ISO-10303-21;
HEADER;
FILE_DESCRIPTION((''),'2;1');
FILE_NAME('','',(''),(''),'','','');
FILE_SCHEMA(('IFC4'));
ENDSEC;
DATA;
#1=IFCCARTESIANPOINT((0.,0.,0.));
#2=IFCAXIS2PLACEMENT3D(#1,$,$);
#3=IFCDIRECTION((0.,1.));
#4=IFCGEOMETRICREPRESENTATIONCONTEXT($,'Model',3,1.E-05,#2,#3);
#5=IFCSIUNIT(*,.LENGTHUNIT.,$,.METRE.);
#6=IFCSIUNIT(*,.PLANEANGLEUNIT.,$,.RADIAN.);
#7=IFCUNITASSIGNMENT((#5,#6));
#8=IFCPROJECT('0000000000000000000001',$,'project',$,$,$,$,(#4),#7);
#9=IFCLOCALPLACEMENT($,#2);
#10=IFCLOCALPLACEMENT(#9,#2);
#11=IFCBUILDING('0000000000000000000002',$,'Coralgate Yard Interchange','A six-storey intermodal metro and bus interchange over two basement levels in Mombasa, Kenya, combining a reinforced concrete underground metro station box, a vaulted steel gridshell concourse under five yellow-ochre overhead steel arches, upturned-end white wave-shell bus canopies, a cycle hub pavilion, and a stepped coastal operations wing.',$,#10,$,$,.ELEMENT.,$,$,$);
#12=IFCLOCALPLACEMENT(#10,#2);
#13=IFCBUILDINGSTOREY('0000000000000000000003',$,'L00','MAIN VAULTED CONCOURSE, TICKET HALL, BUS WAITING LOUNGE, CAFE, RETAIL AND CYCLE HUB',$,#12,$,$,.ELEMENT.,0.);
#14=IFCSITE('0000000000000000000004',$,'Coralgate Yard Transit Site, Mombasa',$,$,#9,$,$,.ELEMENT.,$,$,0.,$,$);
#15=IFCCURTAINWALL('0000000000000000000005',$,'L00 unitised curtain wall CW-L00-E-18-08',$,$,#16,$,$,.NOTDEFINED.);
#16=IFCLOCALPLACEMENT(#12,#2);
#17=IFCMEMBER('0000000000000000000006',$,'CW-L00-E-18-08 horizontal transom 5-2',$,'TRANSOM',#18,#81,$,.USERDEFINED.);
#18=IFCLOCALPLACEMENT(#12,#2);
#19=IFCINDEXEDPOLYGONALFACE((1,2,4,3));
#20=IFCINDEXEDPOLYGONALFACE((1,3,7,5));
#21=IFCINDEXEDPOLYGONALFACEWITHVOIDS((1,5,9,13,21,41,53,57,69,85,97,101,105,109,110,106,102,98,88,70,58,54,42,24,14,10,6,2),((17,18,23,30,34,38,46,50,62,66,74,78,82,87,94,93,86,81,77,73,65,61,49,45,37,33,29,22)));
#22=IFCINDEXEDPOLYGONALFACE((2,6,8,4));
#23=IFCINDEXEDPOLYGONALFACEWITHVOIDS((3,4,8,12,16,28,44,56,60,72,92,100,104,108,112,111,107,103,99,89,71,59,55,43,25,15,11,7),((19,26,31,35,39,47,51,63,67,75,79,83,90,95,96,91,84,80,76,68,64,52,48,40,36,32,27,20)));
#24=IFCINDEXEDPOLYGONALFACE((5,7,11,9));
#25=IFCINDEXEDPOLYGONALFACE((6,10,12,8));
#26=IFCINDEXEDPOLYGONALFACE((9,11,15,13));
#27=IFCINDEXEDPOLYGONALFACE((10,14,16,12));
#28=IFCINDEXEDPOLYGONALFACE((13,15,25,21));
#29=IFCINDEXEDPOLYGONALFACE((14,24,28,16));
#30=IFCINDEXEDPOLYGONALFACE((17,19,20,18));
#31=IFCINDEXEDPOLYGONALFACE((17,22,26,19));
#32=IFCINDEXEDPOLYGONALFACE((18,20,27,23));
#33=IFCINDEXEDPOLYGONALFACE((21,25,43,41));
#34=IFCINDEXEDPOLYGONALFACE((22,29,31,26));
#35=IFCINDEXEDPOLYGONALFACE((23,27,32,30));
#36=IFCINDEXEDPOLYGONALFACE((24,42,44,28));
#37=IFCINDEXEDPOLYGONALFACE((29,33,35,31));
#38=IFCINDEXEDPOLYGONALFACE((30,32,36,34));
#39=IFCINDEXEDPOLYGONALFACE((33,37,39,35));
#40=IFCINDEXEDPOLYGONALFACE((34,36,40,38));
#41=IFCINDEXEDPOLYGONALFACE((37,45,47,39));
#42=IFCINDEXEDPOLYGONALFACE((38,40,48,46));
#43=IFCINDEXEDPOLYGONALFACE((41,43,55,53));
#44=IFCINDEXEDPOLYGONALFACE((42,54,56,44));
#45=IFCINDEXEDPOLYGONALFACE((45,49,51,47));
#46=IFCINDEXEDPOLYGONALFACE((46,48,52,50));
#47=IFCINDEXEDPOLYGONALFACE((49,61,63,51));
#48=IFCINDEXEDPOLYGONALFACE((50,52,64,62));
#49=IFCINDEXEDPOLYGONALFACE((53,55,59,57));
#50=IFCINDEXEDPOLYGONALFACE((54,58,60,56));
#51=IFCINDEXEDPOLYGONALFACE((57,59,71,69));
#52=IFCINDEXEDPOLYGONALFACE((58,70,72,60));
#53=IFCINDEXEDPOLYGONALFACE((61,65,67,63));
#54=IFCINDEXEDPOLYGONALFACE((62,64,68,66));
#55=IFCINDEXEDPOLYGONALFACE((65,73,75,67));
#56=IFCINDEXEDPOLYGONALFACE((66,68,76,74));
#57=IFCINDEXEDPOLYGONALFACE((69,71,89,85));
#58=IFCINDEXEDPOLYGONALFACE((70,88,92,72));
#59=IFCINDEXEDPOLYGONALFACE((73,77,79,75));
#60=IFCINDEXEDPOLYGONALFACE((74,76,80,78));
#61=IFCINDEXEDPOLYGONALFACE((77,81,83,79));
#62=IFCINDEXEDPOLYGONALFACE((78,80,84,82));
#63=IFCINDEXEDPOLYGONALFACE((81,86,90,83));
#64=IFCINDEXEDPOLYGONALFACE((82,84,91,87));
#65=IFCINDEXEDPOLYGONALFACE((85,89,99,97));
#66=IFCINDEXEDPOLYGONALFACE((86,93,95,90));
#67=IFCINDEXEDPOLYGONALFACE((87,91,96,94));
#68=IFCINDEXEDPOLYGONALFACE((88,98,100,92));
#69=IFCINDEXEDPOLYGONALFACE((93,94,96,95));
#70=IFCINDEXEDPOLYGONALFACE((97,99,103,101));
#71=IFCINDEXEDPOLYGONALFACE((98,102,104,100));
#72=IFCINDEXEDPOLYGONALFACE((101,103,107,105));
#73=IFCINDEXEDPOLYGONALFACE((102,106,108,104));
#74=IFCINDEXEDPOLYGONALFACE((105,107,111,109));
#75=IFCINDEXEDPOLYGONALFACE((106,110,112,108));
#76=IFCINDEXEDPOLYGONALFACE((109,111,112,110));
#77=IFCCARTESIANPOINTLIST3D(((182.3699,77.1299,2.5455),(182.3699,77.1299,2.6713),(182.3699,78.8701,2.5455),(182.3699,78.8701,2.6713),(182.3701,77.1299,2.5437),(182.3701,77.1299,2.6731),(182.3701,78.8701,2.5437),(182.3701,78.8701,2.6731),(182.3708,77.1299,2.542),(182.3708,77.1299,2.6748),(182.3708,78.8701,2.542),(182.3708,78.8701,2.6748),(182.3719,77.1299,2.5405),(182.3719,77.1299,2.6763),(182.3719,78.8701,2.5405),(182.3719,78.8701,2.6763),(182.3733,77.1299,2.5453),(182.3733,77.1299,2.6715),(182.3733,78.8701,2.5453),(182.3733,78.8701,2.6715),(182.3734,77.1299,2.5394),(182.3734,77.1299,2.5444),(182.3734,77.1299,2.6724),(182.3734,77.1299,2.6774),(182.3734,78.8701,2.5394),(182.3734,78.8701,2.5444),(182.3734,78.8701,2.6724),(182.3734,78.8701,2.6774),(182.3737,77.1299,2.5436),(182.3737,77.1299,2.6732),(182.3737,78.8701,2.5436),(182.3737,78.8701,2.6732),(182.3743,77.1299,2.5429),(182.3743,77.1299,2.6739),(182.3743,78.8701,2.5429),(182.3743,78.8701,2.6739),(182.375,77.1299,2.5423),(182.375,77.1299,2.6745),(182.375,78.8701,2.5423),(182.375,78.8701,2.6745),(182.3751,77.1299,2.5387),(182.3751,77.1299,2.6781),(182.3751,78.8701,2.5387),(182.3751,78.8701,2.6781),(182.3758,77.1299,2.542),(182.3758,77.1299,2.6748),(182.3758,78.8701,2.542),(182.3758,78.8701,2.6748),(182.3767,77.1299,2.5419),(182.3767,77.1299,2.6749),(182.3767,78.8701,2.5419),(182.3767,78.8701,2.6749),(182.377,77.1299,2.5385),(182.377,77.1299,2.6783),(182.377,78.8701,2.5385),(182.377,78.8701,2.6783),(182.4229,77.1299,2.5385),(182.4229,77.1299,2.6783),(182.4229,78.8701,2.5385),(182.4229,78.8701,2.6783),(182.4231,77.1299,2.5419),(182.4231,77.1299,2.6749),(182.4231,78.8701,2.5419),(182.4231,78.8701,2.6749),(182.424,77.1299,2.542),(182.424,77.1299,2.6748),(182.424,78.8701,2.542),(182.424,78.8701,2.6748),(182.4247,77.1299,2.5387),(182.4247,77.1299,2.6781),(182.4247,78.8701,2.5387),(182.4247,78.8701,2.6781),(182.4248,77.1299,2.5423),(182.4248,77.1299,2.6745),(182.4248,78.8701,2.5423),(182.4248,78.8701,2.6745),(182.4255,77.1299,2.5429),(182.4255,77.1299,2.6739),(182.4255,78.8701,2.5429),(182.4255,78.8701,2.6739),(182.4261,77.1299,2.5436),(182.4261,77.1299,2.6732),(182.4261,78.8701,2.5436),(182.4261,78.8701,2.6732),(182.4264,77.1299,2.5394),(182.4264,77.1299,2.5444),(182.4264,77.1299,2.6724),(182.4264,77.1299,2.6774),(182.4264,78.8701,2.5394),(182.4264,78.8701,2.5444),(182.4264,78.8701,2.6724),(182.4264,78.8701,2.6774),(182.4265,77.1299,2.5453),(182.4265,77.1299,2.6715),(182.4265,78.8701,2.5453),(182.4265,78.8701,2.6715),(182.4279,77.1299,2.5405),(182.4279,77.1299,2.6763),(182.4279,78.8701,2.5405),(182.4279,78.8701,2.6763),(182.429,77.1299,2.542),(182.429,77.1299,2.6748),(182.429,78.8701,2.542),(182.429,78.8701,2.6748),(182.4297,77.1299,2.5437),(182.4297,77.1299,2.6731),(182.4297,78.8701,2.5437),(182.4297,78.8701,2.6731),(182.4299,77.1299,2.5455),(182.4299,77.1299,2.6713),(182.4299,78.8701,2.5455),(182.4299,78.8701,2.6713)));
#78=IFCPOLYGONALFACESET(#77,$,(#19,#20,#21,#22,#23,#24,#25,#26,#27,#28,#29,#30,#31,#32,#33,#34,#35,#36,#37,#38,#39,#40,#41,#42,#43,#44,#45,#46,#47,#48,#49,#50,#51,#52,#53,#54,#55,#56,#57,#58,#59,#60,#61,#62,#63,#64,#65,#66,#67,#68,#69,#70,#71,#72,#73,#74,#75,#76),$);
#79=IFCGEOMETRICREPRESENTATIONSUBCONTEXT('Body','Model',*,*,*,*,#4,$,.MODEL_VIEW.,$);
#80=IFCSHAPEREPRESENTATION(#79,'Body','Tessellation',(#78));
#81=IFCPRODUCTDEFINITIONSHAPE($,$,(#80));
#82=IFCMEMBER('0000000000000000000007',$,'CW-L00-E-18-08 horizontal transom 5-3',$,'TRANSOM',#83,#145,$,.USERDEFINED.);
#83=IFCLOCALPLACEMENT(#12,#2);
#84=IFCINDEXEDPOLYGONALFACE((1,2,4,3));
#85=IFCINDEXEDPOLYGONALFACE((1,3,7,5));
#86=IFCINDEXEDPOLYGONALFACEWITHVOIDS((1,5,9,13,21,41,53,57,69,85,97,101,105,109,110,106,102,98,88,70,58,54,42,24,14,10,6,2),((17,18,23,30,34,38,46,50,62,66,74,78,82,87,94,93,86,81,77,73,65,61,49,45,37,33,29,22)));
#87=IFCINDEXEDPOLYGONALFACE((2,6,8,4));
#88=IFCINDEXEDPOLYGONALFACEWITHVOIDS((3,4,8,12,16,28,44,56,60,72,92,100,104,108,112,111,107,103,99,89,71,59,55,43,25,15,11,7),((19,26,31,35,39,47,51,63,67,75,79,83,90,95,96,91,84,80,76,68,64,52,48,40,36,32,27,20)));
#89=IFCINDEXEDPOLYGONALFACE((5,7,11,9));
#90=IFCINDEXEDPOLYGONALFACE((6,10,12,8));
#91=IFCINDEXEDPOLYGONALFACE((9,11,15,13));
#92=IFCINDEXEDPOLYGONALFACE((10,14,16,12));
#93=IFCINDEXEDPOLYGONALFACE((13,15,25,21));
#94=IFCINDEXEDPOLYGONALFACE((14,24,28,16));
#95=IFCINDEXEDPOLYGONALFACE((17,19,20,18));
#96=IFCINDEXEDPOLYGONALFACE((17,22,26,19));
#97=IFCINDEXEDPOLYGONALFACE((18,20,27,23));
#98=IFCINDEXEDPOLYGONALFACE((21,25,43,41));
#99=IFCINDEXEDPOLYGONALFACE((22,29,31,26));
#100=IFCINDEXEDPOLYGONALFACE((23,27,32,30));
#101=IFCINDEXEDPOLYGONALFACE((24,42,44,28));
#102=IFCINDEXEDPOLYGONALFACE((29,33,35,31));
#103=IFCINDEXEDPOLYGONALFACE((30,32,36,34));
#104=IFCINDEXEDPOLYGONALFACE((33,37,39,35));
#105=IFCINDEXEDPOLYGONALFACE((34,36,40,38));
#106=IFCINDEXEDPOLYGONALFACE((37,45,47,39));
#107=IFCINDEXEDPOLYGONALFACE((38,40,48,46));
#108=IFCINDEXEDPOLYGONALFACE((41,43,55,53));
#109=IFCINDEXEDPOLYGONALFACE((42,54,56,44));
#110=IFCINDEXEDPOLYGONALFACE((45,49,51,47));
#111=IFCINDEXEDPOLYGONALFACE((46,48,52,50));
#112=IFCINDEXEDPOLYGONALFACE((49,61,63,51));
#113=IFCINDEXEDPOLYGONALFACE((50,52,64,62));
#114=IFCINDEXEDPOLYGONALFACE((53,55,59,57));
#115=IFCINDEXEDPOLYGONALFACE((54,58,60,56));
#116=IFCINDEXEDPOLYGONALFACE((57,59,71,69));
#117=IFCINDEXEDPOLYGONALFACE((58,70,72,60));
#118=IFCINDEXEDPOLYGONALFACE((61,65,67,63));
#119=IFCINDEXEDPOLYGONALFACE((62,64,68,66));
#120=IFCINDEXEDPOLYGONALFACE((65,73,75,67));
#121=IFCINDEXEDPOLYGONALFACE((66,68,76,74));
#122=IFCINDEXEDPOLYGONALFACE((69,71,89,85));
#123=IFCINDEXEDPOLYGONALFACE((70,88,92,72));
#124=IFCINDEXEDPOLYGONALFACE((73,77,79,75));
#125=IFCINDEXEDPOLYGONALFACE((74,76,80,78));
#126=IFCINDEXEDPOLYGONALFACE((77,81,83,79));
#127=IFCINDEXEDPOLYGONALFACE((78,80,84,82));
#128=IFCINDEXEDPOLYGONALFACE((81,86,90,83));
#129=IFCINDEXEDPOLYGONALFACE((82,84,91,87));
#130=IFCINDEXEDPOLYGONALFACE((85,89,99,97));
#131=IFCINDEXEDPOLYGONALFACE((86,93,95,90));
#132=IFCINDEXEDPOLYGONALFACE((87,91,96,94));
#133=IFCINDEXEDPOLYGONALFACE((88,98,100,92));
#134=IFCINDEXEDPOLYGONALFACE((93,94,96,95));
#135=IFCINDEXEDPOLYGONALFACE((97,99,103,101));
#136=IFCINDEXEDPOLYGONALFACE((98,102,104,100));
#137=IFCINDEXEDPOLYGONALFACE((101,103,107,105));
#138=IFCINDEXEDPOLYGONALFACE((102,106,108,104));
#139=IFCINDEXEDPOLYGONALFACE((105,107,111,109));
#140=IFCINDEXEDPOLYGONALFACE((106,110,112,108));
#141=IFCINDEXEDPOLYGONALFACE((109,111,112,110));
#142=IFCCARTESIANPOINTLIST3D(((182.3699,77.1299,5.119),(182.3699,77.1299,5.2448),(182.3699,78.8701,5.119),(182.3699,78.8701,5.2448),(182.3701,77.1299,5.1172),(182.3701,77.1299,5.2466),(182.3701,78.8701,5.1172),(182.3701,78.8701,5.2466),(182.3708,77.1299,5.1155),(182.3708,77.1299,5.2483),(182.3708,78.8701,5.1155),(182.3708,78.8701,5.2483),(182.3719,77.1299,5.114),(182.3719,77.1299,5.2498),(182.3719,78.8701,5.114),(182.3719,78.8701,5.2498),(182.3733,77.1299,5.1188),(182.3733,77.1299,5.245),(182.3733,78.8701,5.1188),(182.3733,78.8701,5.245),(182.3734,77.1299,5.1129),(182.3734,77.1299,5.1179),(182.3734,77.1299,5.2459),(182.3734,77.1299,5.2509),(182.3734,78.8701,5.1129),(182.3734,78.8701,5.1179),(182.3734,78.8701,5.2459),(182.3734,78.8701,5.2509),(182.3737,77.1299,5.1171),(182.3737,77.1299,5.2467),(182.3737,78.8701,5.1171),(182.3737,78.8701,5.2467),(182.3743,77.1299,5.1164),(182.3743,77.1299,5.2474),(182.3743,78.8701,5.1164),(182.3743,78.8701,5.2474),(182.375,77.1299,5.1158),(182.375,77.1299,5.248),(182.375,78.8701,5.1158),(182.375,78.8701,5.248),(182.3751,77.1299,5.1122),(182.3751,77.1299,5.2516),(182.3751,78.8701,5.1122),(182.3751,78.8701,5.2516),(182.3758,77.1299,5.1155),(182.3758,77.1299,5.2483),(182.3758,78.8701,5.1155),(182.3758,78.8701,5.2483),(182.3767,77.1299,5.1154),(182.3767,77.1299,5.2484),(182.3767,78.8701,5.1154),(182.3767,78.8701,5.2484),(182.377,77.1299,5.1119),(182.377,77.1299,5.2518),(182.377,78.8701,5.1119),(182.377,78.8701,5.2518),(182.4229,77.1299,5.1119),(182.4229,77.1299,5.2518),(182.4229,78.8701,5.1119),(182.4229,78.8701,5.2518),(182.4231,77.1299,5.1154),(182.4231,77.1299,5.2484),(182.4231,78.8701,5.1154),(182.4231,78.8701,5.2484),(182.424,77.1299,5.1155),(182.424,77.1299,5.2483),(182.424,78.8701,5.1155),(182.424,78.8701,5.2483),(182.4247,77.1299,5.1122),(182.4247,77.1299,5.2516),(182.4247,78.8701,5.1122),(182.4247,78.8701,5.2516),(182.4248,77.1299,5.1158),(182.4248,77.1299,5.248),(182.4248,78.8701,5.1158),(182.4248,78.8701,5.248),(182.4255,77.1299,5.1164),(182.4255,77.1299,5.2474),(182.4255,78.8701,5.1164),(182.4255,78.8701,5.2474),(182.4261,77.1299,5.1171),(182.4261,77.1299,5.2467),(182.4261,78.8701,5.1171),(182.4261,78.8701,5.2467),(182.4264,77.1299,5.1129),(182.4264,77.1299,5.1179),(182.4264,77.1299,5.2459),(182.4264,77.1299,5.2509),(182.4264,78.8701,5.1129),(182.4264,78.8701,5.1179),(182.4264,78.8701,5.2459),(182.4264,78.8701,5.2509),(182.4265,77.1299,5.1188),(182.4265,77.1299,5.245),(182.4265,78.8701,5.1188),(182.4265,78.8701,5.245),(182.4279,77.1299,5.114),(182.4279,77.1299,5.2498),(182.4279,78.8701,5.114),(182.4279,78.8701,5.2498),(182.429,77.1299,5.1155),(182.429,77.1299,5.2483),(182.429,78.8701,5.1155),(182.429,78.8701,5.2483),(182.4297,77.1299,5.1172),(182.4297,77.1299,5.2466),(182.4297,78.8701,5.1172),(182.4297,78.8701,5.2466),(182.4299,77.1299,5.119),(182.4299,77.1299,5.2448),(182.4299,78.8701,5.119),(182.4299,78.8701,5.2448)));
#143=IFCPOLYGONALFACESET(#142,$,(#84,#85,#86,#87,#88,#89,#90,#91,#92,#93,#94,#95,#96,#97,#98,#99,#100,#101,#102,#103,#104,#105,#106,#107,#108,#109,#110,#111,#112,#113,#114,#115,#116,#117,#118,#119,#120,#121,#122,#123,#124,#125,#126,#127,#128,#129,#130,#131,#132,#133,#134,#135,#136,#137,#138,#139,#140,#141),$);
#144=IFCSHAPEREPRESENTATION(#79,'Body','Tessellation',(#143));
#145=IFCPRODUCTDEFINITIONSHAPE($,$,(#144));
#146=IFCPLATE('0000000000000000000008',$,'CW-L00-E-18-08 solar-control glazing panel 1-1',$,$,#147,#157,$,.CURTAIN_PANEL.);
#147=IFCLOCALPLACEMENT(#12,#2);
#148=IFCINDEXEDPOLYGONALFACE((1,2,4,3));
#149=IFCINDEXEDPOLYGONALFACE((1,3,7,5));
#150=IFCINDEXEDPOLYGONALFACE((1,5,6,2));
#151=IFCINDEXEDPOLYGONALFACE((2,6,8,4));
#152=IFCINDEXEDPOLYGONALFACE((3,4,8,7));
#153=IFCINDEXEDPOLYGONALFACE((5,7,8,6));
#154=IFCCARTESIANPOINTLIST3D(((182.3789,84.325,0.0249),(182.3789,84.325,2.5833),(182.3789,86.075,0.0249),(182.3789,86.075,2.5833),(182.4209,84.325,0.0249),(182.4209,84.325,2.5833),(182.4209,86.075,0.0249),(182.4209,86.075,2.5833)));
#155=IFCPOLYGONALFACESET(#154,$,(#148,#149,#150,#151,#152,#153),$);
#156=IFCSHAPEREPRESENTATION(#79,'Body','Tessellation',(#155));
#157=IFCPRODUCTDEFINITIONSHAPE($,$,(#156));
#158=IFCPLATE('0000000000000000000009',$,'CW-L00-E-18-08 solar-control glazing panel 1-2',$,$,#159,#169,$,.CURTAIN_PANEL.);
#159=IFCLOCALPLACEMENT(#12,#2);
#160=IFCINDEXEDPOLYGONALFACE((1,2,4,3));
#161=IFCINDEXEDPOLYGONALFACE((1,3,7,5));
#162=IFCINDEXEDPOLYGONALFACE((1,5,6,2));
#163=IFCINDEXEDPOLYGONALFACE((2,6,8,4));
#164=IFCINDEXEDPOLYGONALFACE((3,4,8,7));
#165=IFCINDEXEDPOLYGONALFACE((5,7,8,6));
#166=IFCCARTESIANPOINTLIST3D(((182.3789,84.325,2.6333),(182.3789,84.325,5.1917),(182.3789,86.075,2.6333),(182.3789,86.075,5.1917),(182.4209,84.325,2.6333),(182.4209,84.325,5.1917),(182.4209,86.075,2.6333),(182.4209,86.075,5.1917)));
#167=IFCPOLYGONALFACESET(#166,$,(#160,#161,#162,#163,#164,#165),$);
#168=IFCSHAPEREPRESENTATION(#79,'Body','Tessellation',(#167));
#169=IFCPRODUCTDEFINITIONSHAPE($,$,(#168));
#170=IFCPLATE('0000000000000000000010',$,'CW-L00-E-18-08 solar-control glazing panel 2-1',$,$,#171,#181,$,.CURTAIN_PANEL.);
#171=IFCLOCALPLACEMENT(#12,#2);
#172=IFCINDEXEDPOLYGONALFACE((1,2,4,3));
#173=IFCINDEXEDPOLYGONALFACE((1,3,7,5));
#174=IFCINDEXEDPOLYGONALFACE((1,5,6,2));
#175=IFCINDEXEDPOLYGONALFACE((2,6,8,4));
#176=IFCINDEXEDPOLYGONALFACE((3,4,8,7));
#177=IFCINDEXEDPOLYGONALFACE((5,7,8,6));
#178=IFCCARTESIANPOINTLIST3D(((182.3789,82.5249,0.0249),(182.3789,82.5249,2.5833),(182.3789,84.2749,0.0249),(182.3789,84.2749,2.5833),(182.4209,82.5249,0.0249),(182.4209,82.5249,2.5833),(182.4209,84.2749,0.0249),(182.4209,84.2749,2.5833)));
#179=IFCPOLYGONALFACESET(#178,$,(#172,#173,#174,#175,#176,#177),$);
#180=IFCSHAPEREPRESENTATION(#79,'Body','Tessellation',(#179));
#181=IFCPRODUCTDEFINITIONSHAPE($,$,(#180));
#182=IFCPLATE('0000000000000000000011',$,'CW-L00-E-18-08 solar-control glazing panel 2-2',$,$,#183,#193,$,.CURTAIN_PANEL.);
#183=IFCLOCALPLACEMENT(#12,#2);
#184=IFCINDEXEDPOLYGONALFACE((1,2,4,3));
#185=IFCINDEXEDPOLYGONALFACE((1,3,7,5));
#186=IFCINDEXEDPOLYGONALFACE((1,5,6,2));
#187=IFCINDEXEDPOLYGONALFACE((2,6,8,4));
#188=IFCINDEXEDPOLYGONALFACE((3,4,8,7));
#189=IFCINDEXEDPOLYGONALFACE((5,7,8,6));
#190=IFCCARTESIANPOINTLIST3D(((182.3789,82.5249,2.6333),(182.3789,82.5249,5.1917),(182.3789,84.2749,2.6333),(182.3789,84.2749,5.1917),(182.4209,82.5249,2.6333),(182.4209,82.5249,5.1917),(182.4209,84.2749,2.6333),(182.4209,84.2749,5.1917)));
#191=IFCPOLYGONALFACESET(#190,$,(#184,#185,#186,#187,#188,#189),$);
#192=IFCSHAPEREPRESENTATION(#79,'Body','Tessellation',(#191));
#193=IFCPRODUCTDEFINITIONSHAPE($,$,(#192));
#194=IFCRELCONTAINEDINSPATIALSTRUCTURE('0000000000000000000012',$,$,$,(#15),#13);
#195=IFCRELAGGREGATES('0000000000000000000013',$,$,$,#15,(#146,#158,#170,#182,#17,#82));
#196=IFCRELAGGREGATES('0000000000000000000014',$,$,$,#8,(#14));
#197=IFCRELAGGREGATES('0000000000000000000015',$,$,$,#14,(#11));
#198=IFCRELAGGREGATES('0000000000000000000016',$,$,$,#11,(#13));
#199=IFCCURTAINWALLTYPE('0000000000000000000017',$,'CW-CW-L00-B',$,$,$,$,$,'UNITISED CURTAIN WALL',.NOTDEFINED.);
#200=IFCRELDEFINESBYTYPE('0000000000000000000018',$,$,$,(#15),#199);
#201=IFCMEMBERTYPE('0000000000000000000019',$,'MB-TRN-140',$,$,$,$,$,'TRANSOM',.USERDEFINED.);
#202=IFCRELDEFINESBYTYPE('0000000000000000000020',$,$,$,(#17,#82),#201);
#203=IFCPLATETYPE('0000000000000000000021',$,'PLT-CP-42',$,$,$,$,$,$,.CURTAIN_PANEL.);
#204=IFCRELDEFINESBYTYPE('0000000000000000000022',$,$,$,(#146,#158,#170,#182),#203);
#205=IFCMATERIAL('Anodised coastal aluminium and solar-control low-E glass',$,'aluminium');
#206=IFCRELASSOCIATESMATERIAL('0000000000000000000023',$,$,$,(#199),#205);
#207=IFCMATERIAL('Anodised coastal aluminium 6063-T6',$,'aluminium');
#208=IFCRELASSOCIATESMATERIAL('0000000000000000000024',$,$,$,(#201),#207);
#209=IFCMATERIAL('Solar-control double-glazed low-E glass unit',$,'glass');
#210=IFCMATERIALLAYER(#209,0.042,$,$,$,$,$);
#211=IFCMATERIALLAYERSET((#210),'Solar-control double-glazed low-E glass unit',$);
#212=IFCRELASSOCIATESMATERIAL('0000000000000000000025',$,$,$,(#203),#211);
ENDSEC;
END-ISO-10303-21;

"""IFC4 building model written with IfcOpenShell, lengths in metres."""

from ifc_helpers import new_model, si_unit, direction, frame, origin, origin_2d, place, context, subcontext, project, spatial, rectangle, hollow_rectangle, extrude, material, layer, layer_set, material_profile, profile_set, type_object, element, aggregate, save


model = new_model("IFC4")

# Units and contexts
model_context = context("Model", 3, precision=1e-05, world=origin(), true_north=direction((0.0, 1.0)))
body_context = subcontext(model_context, "Body", "Model", "MODEL_VIEW")
ifc_project = project(units=[si_unit("LENGTHUNIT", "METRE"), si_unit("PLANEANGLEUNIT", "RADIAN")], contexts=[model_context])

# Site, building, storey
site_placement = place(None, origin())
site = spatial("IfcSite", under=ifc_project, at=site_placement, Name="Coralgate Yard Transit Site, Mombasa", CompositionType="ELEMENT", RefElevation=0.0)
building_placement = place(site_placement, origin())
building = spatial("IfcBuilding", under=site, at=building_placement, Name="Coralgate Yard Interchange", Description="A six-storey intermodal metro and bus interchange over two basement levels in Mombasa, Kenya, combining a reinforced concrete underground metro station box, a vaulted steel gridshell concourse under five yellow-ochre overhead steel arches, upturned-end white wave-shell bus canopies, a cycle hub pavilion, and a stepped coastal operations wing.", CompositionType="ELEMENT")
storey_placement = place(building_placement, origin())
storey = spatial("IfcBuildingStorey", under=building, at=storey_placement, Name="L00", Description="MAIN VAULTED CONCOURSE, TICKET HALL, BUS WAITING LOUNGE, CAFE, RETAIL AND CYCLE HUB", CompositionType="ELEMENT", Elevation=0.0)

# Curtain wall, members, plates
ifc_material_1 = material(Name="Anodised coastal aluminium and solar-control low-E glass", Category="aluminium")
curtain_wall_type = type_object("IfcCurtainWallType", Name="CW-CW-L00-B", ElementType="UNITISED CURTAIN WALL", PredefinedType="NOTDEFINED", material=ifc_material_1)
curtain_wall_placement = place(storey_placement, origin())
curtain_wall = element("IfcCurtainWall", 1, at=curtain_wall_placement, inside=storey, type_object=curtain_wall_type, Name="L00 unitised curtain wall CW-L00-E-18-08", PredefinedType="NOTDEFINED")
ifc_material_2 = material(Name="Anodised coastal aluminium 6063-T6", Category="aluminium")
ifc_material_profile_1 = material_profile(ifc_material_2, hollow_rectangle(XDim=0.0601, YDim=0.1399, WallThickness=0.0034, InnerFilletRadius=0.0034, OuterFilletRadius=0.0071, at=origin_2d()), Name="ALU 60x140x3.5")
ifc_profile_set_1 = profile_set([ifc_material_profile_1], Name="Anodised coastal aluminium 6063-T6")
member_type_1 = type_object("IfcMemberType", Name="MB-TRN-140", ElementType="TRANSOM", PredefinedType="USERDEFINED", material=ifc_profile_set_1)
member_1_placement = place(storey_placement, frame((182.3999, 78.8701, 2.6084), z_axis=(0.0, -1.0, 0.0), x_axis=(1.0, 0.0, 0.0)))
member_1 = element("IfcMember", 2, at=member_1_placement, type_object=member_type_1, Name="CW-L00-E-18-08 horizontal transom 5-2", ObjectType="TRANSOM", PredefinedType="USERDEFINED", context=body_context, shape_type="SweptSolid", body=[
    extrude(hollow_rectangle(XDim=0.0601, YDim=0.1399, WallThickness=0.0034, InnerFilletRadius=0.0034, OuterFilletRadius=0.0071, at=origin_2d()), origin(), (0.0, 0.0, 1.0), 1.7402),
])
member_2_placement = place(storey_placement, frame((182.3999, 78.8701, 5.1819), z_axis=(0.0, -1.0, 0.0), x_axis=(1.0, 0.0, 0.0)))
member_2 = element("IfcMember", 3, at=member_2_placement, type_object=member_type_1, Name="CW-L00-E-18-08 horizontal transom 5-3", ObjectType="TRANSOM", PredefinedType="USERDEFINED", context=body_context, shape_type="SweptSolid", body=[
    extrude(hollow_rectangle(XDim=0.0601, YDim=0.1399, WallThickness=0.0034, InnerFilletRadius=0.0034, OuterFilletRadius=0.0071, at=origin_2d()), origin(), (0.0, 0.0, 1.0), 1.7402),
])
ifc_material_3 = material(Name="Solar-control double-glazed low-E glass unit", Category="glass")
ifc_layer = layer(ifc_material_3, 0.042)
ifc_layer_set = layer_set([ifc_layer], Name="Solar-control double-glazed low-E glass unit")
plate_type = type_object("IfcPlateType", Name="PLT-CP-42", PredefinedType="CURTAIN_PANEL", material=ifc_layer_set)
plate_1_placement = place(storey_placement, frame((182.3999, 85.2, 0.0249), z_axis=(0.0, 0.0, 1.0), x_axis=(0.0, -1.0, 0.0)))
plate_1 = element("IfcPlate", 4, at=plate_1_placement, type_object=plate_type, Name="CW-L00-E-18-08 solar-control glazing panel 1-1", PredefinedType="CURTAIN_PANEL", context=body_context, shape_type="SweptSolid", body=[
    extrude(rectangle(XDim=1.75, YDim=0.042, at=origin_2d()), origin(), (0.0, 0.0, 1.0), 2.5583),
])
plate_2_placement = place(storey_placement, frame((182.3999, 85.2, 2.6333), z_axis=(0.0, 0.0, 1.0), x_axis=(0.0, -1.0, 0.0)))
plate_2 = element("IfcPlate", 5, at=plate_2_placement, type_object=plate_type, Name="CW-L00-E-18-08 solar-control glazing panel 1-2", PredefinedType="CURTAIN_PANEL", context=body_context, shape_type="SweptSolid", body=[
    extrude(rectangle(XDim=1.75, YDim=0.042, at=origin_2d()), origin(), (0.0, 0.0, 1.0), 2.5583),
])
plate_3_placement = place(storey_placement, frame((182.3999, 83.3999, 0.0249), z_axis=(0.0, 0.0, 1.0), x_axis=(0.0, -1.0, 0.0)))
plate_3 = element("IfcPlate", 6, at=plate_3_placement, type_object=plate_type, Name="CW-L00-E-18-08 solar-control glazing panel 2-1", PredefinedType="CURTAIN_PANEL", context=body_context, shape_type="SweptSolid", body=[
    extrude(rectangle(XDim=1.75, YDim=0.042, at=origin_2d()), origin(), (0.0, 0.0, 1.0), 2.5583),
])
plate_4_placement = place(storey_placement, frame((182.3999, 83.3999, 2.6333), z_axis=(0.0, 0.0, 1.0), x_axis=(0.0, -1.0, 0.0)))
plate_4 = element("IfcPlate", 7, at=plate_4_placement, type_object=plate_type, Name="CW-L00-E-18-08 solar-control glazing panel 2-2", PredefinedType="CURTAIN_PANEL", context=body_context, shape_type="SweptSolid", body=[
    extrude(rectangle(XDim=1.75, YDim=0.042, at=origin_2d()), origin(), (0.0, 0.0, 1.0), 2.5583),
])
aggregate(curtain_wall, [plate_1, plate_2, plate_3, plate_4, member_1, member_2])

save(model, "model.ifc")
